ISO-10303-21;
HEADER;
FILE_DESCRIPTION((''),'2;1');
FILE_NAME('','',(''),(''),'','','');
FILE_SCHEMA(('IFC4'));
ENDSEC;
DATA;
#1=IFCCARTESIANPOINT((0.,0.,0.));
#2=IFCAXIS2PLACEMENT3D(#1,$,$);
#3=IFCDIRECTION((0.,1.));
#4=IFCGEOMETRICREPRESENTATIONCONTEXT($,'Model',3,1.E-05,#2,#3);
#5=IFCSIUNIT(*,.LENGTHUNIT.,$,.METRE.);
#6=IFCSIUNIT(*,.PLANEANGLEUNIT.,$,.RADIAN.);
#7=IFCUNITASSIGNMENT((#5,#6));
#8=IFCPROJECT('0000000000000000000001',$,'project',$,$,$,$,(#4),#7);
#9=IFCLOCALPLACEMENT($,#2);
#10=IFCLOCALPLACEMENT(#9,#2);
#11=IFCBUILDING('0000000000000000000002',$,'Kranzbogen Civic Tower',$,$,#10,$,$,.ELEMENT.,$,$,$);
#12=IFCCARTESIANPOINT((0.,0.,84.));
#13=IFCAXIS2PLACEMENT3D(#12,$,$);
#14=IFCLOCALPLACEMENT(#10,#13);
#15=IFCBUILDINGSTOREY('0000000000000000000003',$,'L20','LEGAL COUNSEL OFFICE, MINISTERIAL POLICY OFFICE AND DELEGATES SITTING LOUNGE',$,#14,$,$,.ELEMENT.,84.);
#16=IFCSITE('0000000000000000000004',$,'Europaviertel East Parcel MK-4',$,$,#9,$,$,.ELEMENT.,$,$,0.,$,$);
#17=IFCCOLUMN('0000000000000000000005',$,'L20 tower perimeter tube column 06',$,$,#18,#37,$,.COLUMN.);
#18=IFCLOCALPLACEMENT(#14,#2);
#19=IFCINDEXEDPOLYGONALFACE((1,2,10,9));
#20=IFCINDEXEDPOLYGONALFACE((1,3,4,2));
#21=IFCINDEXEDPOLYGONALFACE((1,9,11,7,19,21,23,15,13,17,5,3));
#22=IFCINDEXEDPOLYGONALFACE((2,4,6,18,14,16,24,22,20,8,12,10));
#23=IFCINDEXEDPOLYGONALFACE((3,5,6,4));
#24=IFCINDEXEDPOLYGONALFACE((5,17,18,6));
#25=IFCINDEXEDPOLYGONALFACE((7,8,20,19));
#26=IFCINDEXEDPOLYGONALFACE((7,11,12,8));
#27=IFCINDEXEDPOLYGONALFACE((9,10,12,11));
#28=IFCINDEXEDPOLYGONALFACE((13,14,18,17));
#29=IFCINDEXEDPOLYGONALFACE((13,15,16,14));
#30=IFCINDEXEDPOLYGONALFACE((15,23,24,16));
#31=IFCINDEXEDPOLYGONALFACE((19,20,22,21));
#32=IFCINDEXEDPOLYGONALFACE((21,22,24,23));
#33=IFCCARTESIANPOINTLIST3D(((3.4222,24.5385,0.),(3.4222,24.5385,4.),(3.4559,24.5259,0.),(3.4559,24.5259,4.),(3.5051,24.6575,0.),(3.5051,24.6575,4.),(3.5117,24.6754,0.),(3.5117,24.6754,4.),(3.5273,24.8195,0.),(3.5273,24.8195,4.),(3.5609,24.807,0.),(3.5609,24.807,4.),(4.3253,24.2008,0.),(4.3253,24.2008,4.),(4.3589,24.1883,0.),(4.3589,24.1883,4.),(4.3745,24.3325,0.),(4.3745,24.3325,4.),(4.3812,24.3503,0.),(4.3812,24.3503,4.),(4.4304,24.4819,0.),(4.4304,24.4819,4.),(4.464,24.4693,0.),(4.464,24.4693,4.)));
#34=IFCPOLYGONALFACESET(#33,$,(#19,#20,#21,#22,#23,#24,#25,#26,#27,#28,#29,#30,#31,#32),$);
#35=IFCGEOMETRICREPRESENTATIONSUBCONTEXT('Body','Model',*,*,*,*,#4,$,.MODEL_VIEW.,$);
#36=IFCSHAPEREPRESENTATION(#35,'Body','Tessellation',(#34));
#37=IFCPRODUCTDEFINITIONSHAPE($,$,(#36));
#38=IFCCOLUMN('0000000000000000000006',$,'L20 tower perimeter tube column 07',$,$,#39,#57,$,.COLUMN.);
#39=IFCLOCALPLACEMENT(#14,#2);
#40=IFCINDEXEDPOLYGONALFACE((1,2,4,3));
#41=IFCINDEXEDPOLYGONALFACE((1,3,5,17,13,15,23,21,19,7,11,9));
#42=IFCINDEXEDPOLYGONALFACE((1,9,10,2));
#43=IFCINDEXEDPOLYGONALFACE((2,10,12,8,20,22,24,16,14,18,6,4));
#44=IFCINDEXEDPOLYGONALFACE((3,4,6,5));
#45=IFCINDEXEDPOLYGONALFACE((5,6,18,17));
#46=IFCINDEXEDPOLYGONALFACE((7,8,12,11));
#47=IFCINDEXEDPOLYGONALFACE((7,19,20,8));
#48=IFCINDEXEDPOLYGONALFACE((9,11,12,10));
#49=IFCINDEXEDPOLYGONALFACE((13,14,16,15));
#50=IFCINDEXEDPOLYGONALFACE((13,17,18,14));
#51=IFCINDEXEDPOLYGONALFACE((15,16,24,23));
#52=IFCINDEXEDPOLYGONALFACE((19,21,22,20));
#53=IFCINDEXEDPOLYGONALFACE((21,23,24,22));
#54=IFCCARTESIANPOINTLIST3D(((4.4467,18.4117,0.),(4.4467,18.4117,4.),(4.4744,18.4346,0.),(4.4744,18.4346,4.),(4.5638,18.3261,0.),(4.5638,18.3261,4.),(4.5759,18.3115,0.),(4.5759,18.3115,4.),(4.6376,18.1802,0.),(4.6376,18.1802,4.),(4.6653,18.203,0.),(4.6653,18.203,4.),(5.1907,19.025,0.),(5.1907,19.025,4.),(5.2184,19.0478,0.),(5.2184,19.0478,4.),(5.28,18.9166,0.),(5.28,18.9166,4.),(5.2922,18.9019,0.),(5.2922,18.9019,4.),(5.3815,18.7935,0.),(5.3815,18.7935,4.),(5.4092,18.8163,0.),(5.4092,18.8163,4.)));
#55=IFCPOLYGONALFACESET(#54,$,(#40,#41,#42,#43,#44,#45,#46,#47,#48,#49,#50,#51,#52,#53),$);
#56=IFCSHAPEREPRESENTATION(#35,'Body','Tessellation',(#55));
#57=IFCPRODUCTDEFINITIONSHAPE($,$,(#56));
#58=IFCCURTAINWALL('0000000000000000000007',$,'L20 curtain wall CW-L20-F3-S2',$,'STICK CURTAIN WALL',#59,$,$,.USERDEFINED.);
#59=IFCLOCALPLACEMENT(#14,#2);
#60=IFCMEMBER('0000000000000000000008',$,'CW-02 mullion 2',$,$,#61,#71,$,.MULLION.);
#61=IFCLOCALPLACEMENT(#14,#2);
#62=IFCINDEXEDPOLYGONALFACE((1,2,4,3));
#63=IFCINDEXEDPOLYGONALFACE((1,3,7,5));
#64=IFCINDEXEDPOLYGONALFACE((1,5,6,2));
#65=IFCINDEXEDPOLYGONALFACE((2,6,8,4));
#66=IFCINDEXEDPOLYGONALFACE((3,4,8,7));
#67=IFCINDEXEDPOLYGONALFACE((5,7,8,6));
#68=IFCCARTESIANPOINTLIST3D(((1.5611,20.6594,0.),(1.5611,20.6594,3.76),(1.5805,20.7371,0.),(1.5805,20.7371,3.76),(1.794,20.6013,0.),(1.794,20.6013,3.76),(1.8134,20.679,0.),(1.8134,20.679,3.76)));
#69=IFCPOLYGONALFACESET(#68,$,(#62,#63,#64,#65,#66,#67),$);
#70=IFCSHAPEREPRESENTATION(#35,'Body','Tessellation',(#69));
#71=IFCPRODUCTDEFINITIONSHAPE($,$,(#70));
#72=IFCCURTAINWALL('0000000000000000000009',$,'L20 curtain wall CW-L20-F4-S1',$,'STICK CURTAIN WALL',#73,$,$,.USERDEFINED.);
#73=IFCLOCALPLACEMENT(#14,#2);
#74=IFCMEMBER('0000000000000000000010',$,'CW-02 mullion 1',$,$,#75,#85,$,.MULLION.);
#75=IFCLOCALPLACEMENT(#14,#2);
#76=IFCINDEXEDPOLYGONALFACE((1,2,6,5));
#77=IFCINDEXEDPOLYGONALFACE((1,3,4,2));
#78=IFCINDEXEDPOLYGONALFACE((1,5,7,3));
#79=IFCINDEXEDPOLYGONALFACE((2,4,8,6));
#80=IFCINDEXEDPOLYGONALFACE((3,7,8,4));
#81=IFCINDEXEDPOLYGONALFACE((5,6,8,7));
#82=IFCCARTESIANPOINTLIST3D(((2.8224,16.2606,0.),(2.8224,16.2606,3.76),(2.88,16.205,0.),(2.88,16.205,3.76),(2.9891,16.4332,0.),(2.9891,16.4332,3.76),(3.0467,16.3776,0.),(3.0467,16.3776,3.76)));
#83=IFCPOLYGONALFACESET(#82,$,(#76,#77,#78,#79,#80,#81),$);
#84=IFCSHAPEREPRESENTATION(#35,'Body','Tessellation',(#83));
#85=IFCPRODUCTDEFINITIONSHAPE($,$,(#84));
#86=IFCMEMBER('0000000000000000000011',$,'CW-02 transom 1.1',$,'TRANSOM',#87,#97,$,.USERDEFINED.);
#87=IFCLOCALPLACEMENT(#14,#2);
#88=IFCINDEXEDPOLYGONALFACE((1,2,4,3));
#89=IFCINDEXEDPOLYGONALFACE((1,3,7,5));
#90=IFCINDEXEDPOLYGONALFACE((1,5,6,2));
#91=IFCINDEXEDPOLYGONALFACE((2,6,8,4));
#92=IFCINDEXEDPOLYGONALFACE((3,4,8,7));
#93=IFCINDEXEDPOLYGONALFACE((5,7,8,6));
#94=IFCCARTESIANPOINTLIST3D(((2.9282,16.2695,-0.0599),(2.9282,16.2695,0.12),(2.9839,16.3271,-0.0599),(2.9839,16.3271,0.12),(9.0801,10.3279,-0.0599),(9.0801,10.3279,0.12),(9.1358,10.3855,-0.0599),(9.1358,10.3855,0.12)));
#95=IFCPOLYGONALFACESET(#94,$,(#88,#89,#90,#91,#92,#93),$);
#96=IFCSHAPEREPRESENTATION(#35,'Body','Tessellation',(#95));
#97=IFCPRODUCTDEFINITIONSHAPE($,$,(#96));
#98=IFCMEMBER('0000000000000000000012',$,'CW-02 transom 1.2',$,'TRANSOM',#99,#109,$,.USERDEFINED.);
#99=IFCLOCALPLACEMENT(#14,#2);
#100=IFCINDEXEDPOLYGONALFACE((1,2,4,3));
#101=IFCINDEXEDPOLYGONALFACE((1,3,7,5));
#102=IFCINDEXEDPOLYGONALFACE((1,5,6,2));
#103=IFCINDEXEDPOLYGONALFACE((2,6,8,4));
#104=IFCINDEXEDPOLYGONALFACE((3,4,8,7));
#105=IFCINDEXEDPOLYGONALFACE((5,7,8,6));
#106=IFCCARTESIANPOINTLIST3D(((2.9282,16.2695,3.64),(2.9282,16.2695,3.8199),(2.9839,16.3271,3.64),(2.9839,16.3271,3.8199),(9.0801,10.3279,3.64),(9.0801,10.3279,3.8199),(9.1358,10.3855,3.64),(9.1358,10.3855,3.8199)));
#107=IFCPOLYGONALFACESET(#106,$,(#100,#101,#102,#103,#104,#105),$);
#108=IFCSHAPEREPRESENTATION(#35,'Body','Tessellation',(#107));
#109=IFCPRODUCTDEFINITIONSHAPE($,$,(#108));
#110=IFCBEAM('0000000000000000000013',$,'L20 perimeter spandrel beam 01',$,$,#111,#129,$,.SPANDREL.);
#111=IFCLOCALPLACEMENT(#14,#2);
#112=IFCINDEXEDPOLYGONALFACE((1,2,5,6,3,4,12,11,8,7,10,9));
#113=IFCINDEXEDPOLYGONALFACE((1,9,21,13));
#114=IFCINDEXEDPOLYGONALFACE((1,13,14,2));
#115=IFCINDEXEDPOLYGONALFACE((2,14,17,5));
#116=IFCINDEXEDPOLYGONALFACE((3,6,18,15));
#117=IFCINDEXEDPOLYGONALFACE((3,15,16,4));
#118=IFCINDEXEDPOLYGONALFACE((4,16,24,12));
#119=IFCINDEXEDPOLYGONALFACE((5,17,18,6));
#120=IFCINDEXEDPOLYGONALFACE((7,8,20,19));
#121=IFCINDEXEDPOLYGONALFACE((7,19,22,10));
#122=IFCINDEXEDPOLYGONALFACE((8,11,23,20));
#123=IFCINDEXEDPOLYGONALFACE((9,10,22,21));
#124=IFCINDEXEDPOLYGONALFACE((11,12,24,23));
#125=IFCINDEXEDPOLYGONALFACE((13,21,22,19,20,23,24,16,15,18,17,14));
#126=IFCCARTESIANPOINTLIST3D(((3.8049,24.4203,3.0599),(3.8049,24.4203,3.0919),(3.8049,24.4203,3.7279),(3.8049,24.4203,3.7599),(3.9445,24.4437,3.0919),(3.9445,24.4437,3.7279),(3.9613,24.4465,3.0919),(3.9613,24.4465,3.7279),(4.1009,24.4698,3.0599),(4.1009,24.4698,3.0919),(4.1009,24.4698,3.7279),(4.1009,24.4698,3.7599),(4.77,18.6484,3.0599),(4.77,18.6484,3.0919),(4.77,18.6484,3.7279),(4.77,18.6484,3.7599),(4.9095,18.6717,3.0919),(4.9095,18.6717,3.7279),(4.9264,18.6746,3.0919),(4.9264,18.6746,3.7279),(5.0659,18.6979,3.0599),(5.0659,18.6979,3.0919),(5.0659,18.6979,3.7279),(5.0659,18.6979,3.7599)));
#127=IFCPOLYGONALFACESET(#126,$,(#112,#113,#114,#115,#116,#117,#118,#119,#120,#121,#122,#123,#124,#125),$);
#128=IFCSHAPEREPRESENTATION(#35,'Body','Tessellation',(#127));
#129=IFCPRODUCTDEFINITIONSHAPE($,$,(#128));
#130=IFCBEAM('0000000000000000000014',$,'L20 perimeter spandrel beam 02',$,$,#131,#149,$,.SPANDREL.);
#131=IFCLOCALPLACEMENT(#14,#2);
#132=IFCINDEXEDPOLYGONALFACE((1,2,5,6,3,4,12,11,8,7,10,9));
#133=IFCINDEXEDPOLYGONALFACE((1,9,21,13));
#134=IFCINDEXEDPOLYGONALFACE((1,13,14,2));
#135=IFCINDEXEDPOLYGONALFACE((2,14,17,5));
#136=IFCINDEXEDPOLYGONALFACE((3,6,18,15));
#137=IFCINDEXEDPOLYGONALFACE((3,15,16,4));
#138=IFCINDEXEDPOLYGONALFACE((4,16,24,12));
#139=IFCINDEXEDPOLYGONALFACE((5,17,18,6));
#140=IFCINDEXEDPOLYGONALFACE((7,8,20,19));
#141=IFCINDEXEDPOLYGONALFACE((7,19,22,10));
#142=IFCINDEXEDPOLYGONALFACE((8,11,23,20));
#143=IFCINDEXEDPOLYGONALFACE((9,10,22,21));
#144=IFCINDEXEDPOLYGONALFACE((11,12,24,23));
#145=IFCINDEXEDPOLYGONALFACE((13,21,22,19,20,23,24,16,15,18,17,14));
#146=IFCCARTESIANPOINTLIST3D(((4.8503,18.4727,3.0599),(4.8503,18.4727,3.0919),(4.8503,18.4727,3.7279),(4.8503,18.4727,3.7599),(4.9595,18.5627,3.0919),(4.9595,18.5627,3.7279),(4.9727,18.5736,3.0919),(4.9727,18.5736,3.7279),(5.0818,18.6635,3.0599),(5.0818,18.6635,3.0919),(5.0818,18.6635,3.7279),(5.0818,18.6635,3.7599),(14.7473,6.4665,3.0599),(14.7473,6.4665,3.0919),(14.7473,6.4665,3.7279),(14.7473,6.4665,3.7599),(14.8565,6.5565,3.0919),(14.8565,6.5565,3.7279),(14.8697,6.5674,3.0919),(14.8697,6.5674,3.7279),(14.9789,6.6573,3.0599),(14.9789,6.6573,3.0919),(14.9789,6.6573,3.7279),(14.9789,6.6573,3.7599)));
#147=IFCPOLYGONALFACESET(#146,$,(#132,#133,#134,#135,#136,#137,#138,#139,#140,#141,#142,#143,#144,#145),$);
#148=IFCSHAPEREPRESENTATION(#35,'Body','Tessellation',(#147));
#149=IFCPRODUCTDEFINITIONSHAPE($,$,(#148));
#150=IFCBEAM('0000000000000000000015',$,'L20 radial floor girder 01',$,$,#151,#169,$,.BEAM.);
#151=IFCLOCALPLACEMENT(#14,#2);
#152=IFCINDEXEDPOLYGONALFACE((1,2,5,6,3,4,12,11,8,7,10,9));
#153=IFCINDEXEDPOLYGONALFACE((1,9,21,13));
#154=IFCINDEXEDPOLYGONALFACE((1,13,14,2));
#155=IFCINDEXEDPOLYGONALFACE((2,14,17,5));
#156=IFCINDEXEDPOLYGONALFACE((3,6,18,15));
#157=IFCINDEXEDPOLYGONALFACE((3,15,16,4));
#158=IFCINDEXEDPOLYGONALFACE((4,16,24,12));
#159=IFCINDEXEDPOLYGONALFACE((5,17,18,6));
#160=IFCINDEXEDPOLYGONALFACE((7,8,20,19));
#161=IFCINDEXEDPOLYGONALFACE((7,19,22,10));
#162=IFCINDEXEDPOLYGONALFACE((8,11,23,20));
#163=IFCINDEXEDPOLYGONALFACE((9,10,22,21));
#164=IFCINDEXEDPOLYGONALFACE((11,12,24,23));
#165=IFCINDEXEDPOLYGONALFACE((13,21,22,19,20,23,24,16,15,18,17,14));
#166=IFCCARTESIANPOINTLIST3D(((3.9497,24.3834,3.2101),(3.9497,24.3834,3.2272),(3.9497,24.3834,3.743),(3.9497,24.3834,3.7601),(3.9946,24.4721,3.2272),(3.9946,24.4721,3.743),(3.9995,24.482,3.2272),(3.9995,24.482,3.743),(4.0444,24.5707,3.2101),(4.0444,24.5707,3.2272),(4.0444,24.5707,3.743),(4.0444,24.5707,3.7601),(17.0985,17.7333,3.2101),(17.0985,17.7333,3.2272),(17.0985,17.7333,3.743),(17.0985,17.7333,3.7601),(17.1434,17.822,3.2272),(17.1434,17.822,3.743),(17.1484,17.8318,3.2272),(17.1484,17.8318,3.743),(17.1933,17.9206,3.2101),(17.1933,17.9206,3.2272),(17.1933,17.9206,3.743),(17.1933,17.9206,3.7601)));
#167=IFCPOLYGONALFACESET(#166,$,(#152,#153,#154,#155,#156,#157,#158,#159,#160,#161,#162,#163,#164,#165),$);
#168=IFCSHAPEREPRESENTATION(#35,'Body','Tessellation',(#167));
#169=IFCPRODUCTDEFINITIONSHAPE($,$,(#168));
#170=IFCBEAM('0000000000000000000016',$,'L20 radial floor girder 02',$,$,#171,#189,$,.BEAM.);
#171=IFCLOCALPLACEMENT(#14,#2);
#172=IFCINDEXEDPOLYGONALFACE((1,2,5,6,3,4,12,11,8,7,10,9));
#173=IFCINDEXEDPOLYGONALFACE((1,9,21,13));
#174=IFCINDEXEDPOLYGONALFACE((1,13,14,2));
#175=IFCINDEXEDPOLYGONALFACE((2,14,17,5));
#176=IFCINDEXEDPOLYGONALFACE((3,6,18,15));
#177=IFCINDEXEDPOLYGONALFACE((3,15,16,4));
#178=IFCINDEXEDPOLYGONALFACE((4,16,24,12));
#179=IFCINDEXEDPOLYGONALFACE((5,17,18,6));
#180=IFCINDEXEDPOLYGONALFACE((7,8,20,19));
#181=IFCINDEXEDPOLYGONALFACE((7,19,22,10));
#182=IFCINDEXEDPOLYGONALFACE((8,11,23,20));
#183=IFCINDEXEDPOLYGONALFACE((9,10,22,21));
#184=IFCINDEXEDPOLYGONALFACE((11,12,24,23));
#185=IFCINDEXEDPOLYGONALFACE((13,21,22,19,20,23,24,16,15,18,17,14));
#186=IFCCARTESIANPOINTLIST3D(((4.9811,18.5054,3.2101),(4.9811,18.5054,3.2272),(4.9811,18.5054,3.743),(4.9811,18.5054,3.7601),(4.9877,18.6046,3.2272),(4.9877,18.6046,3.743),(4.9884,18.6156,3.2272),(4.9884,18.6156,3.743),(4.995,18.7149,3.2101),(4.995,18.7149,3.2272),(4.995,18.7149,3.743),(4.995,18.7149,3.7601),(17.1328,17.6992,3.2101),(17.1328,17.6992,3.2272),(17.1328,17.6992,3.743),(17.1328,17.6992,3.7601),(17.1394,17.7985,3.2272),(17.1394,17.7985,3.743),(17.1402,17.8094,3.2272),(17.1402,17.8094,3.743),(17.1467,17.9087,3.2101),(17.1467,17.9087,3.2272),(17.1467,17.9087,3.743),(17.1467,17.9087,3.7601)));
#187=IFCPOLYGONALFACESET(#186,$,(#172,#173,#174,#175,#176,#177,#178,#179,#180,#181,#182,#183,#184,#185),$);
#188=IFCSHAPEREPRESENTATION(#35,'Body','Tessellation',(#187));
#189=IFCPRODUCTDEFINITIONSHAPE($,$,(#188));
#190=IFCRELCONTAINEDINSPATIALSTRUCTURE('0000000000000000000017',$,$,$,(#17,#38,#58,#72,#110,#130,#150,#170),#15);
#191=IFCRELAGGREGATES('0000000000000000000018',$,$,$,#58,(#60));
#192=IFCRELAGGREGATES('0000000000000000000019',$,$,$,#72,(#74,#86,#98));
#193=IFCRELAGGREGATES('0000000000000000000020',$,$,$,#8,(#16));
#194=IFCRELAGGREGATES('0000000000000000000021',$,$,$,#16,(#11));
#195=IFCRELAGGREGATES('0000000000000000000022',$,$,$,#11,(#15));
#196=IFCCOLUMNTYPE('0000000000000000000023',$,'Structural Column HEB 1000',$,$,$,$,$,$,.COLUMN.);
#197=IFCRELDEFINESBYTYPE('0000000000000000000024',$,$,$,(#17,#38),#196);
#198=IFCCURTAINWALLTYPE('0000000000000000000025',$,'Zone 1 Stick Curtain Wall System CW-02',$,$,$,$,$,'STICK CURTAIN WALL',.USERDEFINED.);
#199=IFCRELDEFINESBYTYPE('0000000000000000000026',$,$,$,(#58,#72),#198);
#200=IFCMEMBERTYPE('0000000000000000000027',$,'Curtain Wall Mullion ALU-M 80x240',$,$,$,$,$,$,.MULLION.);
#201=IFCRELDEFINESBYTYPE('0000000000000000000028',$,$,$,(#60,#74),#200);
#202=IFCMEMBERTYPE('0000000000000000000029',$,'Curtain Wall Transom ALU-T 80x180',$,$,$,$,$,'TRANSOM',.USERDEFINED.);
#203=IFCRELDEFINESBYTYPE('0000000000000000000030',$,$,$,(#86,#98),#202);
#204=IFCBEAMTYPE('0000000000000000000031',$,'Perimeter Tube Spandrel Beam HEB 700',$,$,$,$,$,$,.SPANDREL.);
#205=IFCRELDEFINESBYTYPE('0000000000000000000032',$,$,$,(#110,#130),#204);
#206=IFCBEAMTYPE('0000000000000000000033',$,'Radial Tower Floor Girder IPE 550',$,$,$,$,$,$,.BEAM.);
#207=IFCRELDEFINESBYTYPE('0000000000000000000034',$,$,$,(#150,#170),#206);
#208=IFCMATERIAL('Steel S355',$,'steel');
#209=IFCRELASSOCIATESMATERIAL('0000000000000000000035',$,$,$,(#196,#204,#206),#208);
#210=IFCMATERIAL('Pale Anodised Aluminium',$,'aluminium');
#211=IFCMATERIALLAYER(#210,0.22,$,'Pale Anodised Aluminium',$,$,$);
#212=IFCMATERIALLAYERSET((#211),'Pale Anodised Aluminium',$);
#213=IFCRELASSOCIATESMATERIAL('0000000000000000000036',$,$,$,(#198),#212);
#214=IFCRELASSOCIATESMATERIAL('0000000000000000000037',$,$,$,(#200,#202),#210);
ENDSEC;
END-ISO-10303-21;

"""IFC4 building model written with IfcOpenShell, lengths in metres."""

from ifc_helpers import new_model, si_unit, direction, frame, origin, origin_2d, place, context, subcontext, project, spatial, rectangle, i_section, extrude, material, layer, layer_set, material_profile, profile_set, type_object, element, aggregate, save


model = new_model("IFC4")

# Units and contexts
model_context = context("Model", 3, precision=1e-05, world=origin(), true_north=direction((0.0, 1.0)))
body_context = subcontext(model_context, "Body", "Model", "MODEL_VIEW")
ifc_project = project(units=[si_unit("LENGTHUNIT", "METRE"), si_unit("PLANEANGLEUNIT", "RADIAN")], contexts=[model_context])

# Site, building, storey
site_placement = place(None, origin())
site = spatial("IfcSite", under=ifc_project, at=site_placement, Name="Europaviertel East Parcel MK-4", CompositionType="ELEMENT", RefElevation=0.0)
building_placement = place(site_placement, origin())
building = spatial("IfcBuilding", under=site, at=building_placement, Name="Kranzbogen Civic Tower", CompositionType="ELEMENT")
storey_placement = place(building_placement, frame((0.0, 0.0, 84.0)))
storey = spatial("IfcBuildingStorey", under=building, at=storey_placement, Name="L20", Description="LEGAL COUNSEL OFFICE, MINISTERIAL POLICY OFFICE AND DELEGATES SITTING LOUNGE", CompositionType="ELEMENT", Elevation=84.0)

# Columns
ifc_material_1 = material(Name="Steel S355", Category="steel")
ifc_material_profile_1 = material_profile(ifc_material_1, i_section(OverallWidth=0.3, OverallDepth=1.0, WebThickness=0.019, FlangeThickness=0.0359, at=origin_2d()), Name="HEB 1000")
ifc_profile_set_1 = profile_set([ifc_material_profile_1], Name="Steel S355")
column_type = type_object("IfcColumnType", Name="Structural Column HEB 1000", PredefinedType="COLUMN", material=ifc_profile_set_1)
for number, where, z_axis, x_axis, name in (
    (1, (3.9431, 24.5039, 0.0), (0.0, 0.0, 1.0), (0.350207, 0.936672, 0.0), "L20 tower perimeter tube column 06"),
    (2, (4.928, 18.614, 0.0), (0.0, 0.0, 1.0), (-0.636078, 0.771625, 0.0), "L20 tower perimeter tube column 07"),
):
    element("IfcColumn", number, at=place(storey_placement, frame(where, z_axis=z_axis, x_axis=x_axis)), inside=storey, type_object=column_type, Name=name, PredefinedType="COLUMN", context=body_context, shape_type="SweptSolid", body=[
        extrude(i_section(OverallWidth=0.3, OverallDepth=1.0, WebThickness=0.019, FlangeThickness=0.0359, at=origin_2d()), origin(), (0.0, 0.0, 1.0), 4.0),
    ])

# Curtain wall, member
ifc_material_2 = material(Name="Pale Anodised Aluminium", Category="aluminium")
ifc_layer_1 = layer(ifc_material_2, 0.22, Name="Pale Anodised Aluminium")
ifc_layer_set_1 = layer_set([ifc_layer_1], Name="Pale Anodised Aluminium")
curtain_wall_type = type_object("IfcCurtainWallType", Name="Zone 1 Stick Curtain Wall System CW-02", ElementType="STICK CURTAIN WALL", PredefinedType="USERDEFINED", material=ifc_layer_set_1)
curtain_wall_1_placement = place(storey_placement, origin())
curtain_wall_1 = element("IfcCurtainWall", 3, at=curtain_wall_1_placement, inside=storey, type_object=curtain_wall_type, Name="L20 curtain wall CW-L20-F3-S2", ObjectType="STICK CURTAIN WALL", PredefinedType="USERDEFINED")
ifc_material_profile_2 = material_profile(ifc_material_2, rectangle(XDim=0.0801, YDim=0.24, at=origin_2d()), Name="ALU-M 80x240")
ifc_profile_set_2 = profile_set([ifc_material_profile_2], Name="Pale Anodised Aluminium")
member_type_1 = type_object("IfcMemberType", Name="Curtain Wall Mullion ALU-M 80x240", PredefinedType="MULLION", material=ifc_profile_set_2)
member_1_placement = place(storey_placement, frame((1.6873, 20.6692, 0.0), z_axis=(0.0, 0.0, 1.0), x_axis=(-0.241912, -0.970298, 0.0)))
member_1 = element("IfcMember", 4, at=member_1_placement, type_object=member_type_1, Name="CW-02 mullion 2", PredefinedType="MULLION", context=body_context, shape_type="SweptSolid", body=[
    extrude(rectangle(XDim=0.0801, YDim=0.24, at=origin_2d()), origin(), (0.0, 0.0, 1.0), 3.76),
])
aggregate(curtain_wall_1, [member_1])

# Curtain wall, members
curtain_wall_2_placement = place(storey_placement, origin())
curtain_wall_2 = element("IfcCurtainWall", 5, at=curtain_wall_2_placement, inside=storey, type_object=curtain_wall_type, Name="L20 curtain wall CW-L20-F4-S1", ObjectType="STICK CURTAIN WALL", PredefinedType="USERDEFINED")
member_2_placement = place(storey_placement, frame((2.9346, 16.3191, 0.0), z_axis=(0.0, 0.0, 1.0), x_axis=(0.71928, -0.69472, 0.0)))
member_2 = element("IfcMember", 6, at=member_2_placement, type_object=member_type_1, Name="CW-02 mullion 1", PredefinedType="MULLION", context=body_context, shape_type="SweptSolid", body=[
    extrude(rectangle(XDim=0.0801, YDim=0.24, at=origin_2d()), origin(), (0.0, 0.0, 1.0), 3.76),
])
ifc_material_profile_3 = material_profile(ifc_material_2, rectangle(XDim=0.0801, YDim=0.1799, at=origin_2d()), Name="ALU-T 80x180")
ifc_profile_set_3 = profile_set([ifc_material_profile_3], Name="Pale Anodised Aluminium")
member_type_2 = type_object("IfcMemberType", Name="Curtain Wall Transom ALU-T 80x180", ElementType="TRANSOM", PredefinedType="USERDEFINED", material=ifc_profile_set_3)
member_3_placement = place(storey_placement, frame((2.9561, 16.2983, 0.03), z_axis=(0.719289, -0.694711, 0.0), x_axis=(0.694711, 0.719289, 0.0)))
member_3 = element("IfcMember", 7, at=member_3_placement, type_object=member_type_2, Name="CW-02 transom 1.1", ObjectType="TRANSOM", PredefinedType="USERDEFINED", context=body_context, shape_type="SweptSolid", body=[
    extrude(rectangle(XDim=0.0801, YDim=0.1799, at=origin_2d()), origin(), (0.0, 0.0, 1.0), 8.5527),
])
member_4_placement = place(storey_placement, frame((2.9561, 16.2983, 3.73), z_axis=(0.719289, -0.694711, 0.0), x_axis=(0.694711, 0.719289, 0.0)))
member_4 = element("IfcMember", 8, at=member_4_placement, type_object=member_type_2, Name="CW-02 transom 1.2", ObjectType="TRANSOM", PredefinedType="USERDEFINED", context=body_context, shape_type="SweptSolid", body=[
    extrude(rectangle(XDim=0.0801, YDim=0.1799, at=origin_2d()), origin(), (0.0, 0.0, 1.0), 8.5527),
])

# Beams
ifc_material_profile_4 = material_profile(ifc_material_1, i_section(OverallWidth=0.3, OverallDepth=0.7, WebThickness=0.0171, FlangeThickness=0.032, at=origin_2d()), Name="HEB 700")
ifc_profile_set_4 = profile_set([ifc_material_profile_4], Name="Steel S355")
beam_type_1 = type_object("IfcBeamType", Name="Perimeter Tube Spandrel Beam HEB 700", PredefinedType="SPANDREL", material=ifc_profile_set_4)
beam_1_placement = place(storey_placement, frame((3.9529, 24.4451, 3.4099), z_axis=(0.164913, -0.986308, 0.0), x_axis=(0.986308, 0.164913, 0.0)))
element("IfcBeam", 9, at=beam_1_placement, inside=storey, type_object=beam_type_1, Name="L20 perimeter spandrel beam 01", PredefinedType="SPANDREL", context=body_context, shape_type="SweptSolid", body=[
    extrude(i_section(OverallWidth=0.3, OverallDepth=0.7, WebThickness=0.0171, FlangeThickness=0.032, at=origin_2d()), origin(), (0.0, 0.0, 1.0), 5.8521),
])
beam_2_placement = place(storey_placement, frame((4.9661, 18.5681, 3.4099), z_axis=(0.636075, -0.771628, 0.0), x_axis=(0.771628, 0.636075, 0.0)))
element("IfcBeam", 10, at=beam_2_placement, inside=storey, type_object=beam_type_1, Name="L20 perimeter spandrel beam 02", PredefinedType="SPANDREL", context=body_context, shape_type="SweptSolid", body=[
    extrude(i_section(OverallWidth=0.3, OverallDepth=0.7, WebThickness=0.0171, FlangeThickness=0.032, at=origin_2d()), origin(), (0.0, 0.0, 1.0), 15.5596),
])
ifc_material_profile_5 = material_profile(ifc_material_1, i_section(OverallWidth=0.21, OverallDepth=0.55, WebThickness=0.011, FlangeThickness=0.0171, at=origin_2d()), Name="IPE 550")
ifc_profile_set_5 = profile_set([ifc_material_profile_5], Name="Steel S355")
beam_type_2 = type_object("IfcBeamType", Name="Radial Tower Floor Girder IPE 550", PredefinedType="BEAM", material=ifc_profile_set_5)
beam_3_placement = place(storey_placement, frame((3.9971, 24.4771, 3.4851), z_axis=(0.892363, -0.451318, 0.0), x_axis=(0.451318, 0.892363, 0.0)))
element("IfcBeam", 11, at=beam_3_placement, inside=storey, type_object=beam_type_2, Name="L20 radial floor girder 01", PredefinedType="BEAM", context=body_context, shape_type="SweptSolid", body=[
    extrude(i_section(OverallWidth=0.21, OverallDepth=0.55, WebThickness=0.011, FlangeThickness=0.0171, at=origin_2d()), origin(), (0.0, 0.0, 1.0), 14.7349),
])
beam_4_placement = place(storey_placement, frame((4.988, 18.6101, 3.4851), z_axis=(0.997807, -0.066194, 0.0), x_axis=(0.066194, 0.997807, 0.0)))
element("IfcBeam", 12, at=beam_4_placement, inside=storey, type_object=beam_type_2, Name="L20 radial floor girder 02", PredefinedType="BEAM", context=body_context, shape_type="SweptSolid", body=[
    extrude(i_section(OverallWidth=0.21, OverallDepth=0.55, WebThickness=0.011, FlangeThickness=0.0171, at=origin_2d()), origin(), (0.0, 0.0, 1.0), 12.1785),
])

aggregate(curtain_wall_2, [member_2, member_3, member_4])

save(model, "model.ifc")
